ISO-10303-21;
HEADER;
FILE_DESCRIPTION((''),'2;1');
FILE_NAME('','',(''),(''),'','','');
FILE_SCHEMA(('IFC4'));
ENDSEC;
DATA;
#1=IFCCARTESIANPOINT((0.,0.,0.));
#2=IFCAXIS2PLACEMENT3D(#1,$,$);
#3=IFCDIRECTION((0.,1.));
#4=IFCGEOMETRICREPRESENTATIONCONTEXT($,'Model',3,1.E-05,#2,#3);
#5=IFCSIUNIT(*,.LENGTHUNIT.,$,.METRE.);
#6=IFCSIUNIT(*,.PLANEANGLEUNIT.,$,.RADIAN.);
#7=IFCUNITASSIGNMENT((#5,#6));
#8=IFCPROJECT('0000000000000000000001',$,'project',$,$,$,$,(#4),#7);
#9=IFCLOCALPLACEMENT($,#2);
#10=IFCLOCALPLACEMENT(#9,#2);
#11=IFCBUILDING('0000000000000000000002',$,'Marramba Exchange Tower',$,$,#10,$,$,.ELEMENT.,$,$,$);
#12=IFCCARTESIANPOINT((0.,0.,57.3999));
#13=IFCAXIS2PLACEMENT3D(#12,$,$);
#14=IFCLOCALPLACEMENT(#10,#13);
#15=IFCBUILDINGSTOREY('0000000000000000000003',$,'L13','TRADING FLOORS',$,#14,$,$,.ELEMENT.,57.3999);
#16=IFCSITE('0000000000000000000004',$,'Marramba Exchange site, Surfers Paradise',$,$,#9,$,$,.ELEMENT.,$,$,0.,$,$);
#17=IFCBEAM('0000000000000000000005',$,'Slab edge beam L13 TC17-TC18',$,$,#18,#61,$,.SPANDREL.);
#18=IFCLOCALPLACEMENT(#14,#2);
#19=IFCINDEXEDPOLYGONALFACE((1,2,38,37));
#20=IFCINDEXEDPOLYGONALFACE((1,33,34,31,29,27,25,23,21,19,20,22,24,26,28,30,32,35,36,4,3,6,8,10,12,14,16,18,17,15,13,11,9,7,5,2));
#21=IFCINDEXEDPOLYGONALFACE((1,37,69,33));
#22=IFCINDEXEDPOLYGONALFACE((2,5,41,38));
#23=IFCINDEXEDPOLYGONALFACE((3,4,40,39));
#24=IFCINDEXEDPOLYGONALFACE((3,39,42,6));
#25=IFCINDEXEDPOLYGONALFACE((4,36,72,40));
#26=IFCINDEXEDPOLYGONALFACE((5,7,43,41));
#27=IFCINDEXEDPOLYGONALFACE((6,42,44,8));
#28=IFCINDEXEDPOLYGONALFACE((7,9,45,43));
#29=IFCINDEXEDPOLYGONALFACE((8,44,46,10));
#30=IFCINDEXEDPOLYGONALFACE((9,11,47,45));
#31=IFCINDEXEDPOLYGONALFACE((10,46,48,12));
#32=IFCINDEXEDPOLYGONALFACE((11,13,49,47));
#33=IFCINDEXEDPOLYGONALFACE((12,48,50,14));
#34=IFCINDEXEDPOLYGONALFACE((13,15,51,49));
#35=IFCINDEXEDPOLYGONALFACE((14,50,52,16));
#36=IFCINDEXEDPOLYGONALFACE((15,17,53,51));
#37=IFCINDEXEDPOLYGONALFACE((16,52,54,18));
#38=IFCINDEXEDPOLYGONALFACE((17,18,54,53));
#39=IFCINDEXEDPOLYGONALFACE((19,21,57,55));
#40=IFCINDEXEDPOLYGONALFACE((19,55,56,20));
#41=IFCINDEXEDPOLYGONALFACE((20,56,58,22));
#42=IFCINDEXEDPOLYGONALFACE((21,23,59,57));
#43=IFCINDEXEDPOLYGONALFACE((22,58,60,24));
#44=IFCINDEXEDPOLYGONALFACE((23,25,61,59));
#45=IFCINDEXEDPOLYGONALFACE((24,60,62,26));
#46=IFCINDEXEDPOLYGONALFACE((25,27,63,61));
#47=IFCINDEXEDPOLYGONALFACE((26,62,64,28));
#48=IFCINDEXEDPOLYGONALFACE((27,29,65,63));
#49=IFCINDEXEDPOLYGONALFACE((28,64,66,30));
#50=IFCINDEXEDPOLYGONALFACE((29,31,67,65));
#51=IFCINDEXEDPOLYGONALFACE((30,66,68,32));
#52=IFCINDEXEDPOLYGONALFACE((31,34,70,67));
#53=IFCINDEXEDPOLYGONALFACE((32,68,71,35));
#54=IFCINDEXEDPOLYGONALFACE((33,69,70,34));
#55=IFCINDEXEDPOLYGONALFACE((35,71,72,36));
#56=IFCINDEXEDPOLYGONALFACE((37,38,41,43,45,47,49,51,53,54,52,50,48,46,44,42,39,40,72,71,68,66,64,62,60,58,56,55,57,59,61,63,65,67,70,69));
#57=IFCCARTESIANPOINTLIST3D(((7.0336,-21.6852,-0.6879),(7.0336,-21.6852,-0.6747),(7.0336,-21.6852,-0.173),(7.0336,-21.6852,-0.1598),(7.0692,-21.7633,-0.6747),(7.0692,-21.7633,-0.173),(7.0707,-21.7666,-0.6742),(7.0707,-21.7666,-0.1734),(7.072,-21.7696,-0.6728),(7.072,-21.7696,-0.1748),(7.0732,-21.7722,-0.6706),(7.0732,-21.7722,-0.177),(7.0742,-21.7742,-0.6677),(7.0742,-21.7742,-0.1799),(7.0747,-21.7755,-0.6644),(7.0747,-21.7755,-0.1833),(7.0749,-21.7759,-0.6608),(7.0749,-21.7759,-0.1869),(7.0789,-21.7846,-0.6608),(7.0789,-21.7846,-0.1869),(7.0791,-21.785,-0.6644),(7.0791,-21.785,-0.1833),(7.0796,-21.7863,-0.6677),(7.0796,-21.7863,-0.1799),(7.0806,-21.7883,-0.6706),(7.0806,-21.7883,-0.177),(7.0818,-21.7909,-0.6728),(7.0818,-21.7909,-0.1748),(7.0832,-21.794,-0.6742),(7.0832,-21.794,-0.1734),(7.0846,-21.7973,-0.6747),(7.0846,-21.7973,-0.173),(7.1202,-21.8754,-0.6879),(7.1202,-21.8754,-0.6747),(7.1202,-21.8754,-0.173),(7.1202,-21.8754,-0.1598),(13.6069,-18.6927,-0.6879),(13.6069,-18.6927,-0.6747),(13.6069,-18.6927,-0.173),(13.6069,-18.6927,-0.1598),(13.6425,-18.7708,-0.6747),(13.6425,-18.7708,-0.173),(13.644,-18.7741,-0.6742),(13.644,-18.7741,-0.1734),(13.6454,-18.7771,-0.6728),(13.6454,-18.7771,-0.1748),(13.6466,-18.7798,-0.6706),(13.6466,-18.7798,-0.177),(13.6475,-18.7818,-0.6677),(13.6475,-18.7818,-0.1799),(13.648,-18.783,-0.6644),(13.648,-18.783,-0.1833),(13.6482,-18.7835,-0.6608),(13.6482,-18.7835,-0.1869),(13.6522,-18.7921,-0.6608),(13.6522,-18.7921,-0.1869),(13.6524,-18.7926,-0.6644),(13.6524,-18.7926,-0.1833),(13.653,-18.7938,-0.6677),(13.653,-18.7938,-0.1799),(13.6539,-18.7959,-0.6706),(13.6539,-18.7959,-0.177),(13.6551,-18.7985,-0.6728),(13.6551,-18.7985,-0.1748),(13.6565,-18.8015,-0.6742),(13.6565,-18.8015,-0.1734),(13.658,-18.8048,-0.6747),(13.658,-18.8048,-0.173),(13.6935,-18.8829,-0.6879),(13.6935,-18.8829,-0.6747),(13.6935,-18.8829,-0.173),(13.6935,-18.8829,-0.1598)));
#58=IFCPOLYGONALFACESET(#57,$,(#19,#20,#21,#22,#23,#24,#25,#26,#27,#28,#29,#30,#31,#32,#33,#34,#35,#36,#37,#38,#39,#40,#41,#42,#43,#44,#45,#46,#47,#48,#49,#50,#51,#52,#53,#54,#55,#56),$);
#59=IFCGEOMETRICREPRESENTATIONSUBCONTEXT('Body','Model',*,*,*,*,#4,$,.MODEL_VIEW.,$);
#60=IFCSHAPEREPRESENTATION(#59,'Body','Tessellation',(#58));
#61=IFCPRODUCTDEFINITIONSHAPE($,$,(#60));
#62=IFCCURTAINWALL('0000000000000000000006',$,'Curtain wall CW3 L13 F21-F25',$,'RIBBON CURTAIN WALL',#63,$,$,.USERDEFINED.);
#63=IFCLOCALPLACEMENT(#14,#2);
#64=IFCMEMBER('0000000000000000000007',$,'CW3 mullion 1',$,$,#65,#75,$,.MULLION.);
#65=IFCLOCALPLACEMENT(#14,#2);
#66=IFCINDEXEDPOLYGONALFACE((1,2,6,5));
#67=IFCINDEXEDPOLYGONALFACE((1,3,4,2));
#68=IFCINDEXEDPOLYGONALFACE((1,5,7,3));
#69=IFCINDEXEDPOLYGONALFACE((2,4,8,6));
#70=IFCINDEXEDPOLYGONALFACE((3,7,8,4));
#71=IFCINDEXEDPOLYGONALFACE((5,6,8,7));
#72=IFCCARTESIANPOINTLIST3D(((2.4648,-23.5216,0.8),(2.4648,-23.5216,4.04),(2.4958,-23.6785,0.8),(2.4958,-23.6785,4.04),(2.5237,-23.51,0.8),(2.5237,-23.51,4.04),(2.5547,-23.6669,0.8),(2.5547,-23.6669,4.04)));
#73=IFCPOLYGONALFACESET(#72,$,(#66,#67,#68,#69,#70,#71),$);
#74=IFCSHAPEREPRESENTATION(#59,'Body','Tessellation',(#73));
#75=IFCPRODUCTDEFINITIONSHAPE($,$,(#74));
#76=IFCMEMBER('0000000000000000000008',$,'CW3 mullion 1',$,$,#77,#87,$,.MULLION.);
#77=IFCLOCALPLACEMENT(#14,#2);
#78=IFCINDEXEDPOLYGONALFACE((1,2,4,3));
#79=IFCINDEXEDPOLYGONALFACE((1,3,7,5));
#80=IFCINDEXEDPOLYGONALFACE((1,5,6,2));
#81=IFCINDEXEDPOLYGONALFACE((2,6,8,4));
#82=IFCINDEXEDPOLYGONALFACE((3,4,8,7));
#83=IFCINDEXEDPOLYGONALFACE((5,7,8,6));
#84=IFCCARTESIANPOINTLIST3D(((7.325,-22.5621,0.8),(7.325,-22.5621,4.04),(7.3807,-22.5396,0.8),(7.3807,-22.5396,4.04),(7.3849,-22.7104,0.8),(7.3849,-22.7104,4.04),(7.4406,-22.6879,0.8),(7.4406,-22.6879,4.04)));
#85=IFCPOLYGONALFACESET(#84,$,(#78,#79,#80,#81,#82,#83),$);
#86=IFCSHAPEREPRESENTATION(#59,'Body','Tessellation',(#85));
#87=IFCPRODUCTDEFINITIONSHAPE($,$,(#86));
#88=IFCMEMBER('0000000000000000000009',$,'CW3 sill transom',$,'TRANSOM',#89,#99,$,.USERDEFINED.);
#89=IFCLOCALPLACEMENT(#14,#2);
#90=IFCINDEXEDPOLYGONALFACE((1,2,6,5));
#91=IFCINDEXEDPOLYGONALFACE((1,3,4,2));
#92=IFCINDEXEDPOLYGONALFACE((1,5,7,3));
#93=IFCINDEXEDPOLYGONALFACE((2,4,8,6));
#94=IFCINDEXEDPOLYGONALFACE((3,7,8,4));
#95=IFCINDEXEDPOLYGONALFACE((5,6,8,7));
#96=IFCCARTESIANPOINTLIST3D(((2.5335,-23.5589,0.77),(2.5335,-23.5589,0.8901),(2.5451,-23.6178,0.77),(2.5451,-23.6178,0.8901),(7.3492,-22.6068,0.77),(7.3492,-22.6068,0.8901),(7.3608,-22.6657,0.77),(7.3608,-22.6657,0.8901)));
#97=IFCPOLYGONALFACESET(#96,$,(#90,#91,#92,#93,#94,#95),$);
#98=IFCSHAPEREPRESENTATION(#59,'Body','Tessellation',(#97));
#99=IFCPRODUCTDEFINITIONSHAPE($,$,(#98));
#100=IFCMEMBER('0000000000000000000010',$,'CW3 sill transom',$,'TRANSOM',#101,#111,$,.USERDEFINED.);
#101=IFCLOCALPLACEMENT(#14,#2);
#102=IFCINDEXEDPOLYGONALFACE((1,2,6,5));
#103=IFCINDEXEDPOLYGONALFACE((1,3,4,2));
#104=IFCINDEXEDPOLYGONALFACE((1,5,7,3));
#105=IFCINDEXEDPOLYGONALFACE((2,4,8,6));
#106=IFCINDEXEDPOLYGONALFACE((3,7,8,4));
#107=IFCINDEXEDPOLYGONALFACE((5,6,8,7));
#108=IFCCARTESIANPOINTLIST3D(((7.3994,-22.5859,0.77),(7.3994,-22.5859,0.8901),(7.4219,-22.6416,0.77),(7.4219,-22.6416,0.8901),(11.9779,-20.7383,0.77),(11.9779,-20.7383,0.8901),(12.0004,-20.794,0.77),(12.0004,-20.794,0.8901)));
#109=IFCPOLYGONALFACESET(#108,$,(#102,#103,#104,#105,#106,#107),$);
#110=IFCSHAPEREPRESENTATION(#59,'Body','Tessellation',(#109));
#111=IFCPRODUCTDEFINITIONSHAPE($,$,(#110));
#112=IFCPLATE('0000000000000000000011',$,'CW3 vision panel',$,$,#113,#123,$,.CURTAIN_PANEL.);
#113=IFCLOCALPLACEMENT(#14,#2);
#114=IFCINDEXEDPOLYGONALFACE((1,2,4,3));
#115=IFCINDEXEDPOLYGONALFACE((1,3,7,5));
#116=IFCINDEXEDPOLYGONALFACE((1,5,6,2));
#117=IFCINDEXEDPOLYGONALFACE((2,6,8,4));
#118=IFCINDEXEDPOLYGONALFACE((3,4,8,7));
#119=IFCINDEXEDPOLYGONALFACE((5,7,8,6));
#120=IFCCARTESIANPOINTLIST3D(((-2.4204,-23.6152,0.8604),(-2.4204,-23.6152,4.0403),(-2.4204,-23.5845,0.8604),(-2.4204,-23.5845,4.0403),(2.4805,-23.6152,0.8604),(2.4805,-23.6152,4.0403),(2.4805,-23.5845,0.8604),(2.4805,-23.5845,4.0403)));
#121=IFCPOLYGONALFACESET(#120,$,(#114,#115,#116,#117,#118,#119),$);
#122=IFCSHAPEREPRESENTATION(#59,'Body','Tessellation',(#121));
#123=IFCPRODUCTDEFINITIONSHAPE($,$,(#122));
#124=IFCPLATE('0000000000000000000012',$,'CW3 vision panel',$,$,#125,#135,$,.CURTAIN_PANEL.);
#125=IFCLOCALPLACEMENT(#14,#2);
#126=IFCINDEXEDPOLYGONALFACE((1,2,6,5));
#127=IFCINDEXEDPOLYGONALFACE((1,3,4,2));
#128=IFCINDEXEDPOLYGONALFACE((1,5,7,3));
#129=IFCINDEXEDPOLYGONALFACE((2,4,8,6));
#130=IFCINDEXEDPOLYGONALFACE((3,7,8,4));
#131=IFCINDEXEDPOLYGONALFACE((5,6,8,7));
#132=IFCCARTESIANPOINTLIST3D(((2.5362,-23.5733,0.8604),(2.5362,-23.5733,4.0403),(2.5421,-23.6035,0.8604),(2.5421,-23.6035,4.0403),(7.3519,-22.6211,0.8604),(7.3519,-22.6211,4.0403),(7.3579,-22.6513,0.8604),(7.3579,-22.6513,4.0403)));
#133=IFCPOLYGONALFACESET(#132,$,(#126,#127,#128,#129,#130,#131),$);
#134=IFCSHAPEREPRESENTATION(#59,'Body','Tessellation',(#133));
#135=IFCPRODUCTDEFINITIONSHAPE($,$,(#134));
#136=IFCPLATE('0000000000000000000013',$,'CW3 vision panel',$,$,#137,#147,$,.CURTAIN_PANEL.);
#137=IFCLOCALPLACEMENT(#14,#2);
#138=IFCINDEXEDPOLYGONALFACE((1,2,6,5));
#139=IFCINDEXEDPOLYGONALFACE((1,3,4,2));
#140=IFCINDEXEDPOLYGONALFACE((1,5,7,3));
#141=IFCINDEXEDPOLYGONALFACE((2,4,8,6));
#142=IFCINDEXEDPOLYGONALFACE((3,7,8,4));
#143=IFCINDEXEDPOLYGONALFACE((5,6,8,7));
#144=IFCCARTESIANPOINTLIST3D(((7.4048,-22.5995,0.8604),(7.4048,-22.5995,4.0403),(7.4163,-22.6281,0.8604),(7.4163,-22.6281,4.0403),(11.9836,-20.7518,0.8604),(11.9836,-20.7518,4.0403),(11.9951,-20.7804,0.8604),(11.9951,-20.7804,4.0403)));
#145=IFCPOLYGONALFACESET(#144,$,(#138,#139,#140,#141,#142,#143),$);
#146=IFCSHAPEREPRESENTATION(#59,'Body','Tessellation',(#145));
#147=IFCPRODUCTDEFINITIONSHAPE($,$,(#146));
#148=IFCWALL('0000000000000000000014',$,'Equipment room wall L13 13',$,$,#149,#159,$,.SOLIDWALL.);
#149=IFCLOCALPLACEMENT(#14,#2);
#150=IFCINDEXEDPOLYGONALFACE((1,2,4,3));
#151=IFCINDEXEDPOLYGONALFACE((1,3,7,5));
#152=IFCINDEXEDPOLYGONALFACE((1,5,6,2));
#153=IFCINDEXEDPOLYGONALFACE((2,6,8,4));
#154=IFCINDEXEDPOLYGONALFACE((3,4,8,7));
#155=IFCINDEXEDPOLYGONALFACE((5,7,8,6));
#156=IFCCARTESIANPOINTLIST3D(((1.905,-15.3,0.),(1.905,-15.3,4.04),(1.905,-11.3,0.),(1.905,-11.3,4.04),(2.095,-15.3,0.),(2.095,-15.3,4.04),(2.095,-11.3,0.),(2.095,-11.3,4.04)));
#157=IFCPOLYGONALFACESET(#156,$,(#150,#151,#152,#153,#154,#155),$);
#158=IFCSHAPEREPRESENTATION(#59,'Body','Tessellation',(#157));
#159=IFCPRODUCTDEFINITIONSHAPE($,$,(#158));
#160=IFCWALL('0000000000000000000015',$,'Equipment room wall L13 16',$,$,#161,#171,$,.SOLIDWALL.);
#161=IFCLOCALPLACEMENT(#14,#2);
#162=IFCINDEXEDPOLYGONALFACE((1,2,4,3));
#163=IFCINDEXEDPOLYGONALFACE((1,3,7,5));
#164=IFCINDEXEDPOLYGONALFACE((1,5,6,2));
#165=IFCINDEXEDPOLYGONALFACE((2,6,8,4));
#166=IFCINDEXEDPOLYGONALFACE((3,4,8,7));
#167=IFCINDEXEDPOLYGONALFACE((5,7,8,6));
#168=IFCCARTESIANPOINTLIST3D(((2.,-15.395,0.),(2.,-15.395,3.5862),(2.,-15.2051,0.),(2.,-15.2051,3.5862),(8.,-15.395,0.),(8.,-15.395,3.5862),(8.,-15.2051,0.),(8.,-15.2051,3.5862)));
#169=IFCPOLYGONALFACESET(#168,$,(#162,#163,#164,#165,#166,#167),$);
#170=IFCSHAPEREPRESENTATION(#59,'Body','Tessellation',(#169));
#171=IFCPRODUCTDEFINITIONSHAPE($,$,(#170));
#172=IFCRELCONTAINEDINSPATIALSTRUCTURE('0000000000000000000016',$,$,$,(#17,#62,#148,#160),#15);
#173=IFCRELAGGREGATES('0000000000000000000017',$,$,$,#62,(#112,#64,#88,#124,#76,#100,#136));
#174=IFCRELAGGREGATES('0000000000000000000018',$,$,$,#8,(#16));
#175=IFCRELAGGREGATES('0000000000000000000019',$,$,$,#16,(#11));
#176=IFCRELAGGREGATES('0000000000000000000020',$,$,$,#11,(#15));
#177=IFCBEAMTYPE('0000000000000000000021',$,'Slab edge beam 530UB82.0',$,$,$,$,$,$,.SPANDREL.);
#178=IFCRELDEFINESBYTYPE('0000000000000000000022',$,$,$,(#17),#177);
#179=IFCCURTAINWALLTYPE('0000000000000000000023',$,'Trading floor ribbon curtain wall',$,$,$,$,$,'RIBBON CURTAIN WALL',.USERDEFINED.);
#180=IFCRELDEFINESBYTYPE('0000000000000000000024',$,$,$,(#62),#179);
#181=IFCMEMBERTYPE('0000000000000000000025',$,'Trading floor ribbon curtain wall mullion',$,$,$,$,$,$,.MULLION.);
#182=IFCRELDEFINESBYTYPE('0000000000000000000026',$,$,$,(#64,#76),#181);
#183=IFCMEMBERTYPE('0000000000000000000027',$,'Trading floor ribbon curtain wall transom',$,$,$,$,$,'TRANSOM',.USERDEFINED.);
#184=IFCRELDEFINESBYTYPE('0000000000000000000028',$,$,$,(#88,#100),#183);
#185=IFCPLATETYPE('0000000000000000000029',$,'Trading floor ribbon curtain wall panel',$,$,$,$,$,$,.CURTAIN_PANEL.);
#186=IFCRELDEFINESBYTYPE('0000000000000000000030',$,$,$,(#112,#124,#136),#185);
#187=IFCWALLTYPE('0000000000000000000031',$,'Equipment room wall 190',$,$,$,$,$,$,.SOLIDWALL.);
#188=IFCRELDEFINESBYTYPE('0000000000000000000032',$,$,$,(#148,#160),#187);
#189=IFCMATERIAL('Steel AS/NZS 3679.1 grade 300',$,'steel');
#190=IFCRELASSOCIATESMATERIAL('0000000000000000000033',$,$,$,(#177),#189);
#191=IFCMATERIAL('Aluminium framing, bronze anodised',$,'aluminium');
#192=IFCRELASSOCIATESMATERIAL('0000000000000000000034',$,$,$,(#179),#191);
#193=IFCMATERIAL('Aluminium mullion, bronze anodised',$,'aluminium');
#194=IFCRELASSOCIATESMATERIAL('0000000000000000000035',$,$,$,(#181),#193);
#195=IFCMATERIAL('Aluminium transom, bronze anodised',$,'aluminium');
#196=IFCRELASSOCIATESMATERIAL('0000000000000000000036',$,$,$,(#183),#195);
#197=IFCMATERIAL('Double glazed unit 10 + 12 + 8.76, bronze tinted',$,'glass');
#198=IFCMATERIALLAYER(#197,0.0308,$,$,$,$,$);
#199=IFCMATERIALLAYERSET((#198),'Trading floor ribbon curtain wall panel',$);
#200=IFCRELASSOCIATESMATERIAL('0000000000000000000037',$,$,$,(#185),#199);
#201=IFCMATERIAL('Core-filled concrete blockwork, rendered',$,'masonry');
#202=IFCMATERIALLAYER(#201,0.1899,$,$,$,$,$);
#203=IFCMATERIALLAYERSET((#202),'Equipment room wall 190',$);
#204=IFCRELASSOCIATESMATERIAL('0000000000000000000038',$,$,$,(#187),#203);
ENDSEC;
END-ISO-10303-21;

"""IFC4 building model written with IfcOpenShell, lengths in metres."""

from ifc_helpers import new_model, si_unit, direction, frame, frame_2d, origin, origin_2d, place, context, subcontext, project, spatial, rectangle, i_section, extrude, material, layer, layer_set, material_profile, profile_set, type_object, element, aggregate, save


model = new_model("IFC4")

# Units and contexts
model_context = context("Model", 3, precision=1e-05, world=origin(), true_north=direction((0.0, 1.0)))
body_context = subcontext(model_context, "Body", "Model", "MODEL_VIEW")
ifc_project = project(units=[si_unit("LENGTHUNIT", "METRE"), si_unit("PLANEANGLEUNIT", "RADIAN")], contexts=[model_context])

# Site, building, storey
site_placement = place(None, origin())
site = spatial("IfcSite", under=ifc_project, at=site_placement, Name="Marramba Exchange site, Surfers Paradise", CompositionType="ELEMENT", RefElevation=0.0)
building_placement = place(site_placement, origin())
building = spatial("IfcBuilding", under=site, at=building_placement, Name="Marramba Exchange Tower", CompositionType="ELEMENT")
storey_placement = place(building_placement, frame((0.0, 0.0, 57.3999)))
storey = spatial("IfcBuildingStorey", under=building, at=storey_placement, Name="L13", Description="TRADING FLOORS", CompositionType="ELEMENT", Elevation=57.3999)

# Beam
ifc_material_1 = material(Name="Steel AS/NZS 3679.1 grade 300", Category="steel")
ifc_material_profile_1 = material_profile(ifc_material_1, i_section(OverallWidth=0.209, OverallDepth=0.5281, WebThickness=0.0095, FlangeThickness=0.0132, FilletRadius=0.0139, at=origin_2d()), Name="530UB82.0")
ifc_profile_set_1 = profile_set([ifc_material_profile_1], Name="Steel AS/NZS 3679.1 grade 300")
beam_type_1 = type_object("IfcBeamType", Name="Slab edge beam 530UB82.0", PredefinedType="SPANDREL", material=ifc_profile_set_1)
beam_1_placement = place(storey_placement, frame((7.0769, -21.7803, -0.4238), z_axis=(0.910127, 0.41433, 0.0), x_axis=(-0.41433, 0.910127, 0.0)))
element("IfcBeam", 1, at=beam_1_placement, inside=storey, type_object=beam_type_1, Name="Slab edge beam L13 TC17-TC18", PredefinedType="SPANDREL", context=body_context, shape_type="SweptSolid", body=[
    extrude(i_section(OverallWidth=0.209, OverallDepth=0.5281, WebThickness=0.0095, FlangeThickness=0.0132, FilletRadius=0.0139, at=origin_2d()), origin(), (0.0, 0.0, 1.0), 7.2224),
])

# Curtain wall, members, plates
ifc_material_2 = material(Name="Aluminium framing, bronze anodised", Category="aluminium")
curtain_wall_type = type_object("IfcCurtainWallType", Name="Trading floor ribbon curtain wall", ElementType="RIBBON CURTAIN WALL", PredefinedType="USERDEFINED", material=ifc_material_2)
curtain_wall_placement = place(storey_placement, origin())
curtain_wall = element("IfcCurtainWall", 2, at=curtain_wall_placement, inside=storey, type_object=curtain_wall_type, Name="Curtain wall CW3 L13 F21-F25", ObjectType="RIBBON CURTAIN WALL", PredefinedType="USERDEFINED")
ifc_material_3 = material(Name="Aluminium mullion, bronze anodised", Category="aluminium")
ifc_material_profile_2 = material_profile(ifc_material_3, rectangle(XDim=0.1599, YDim=0.0601, at=origin_2d()), Name="CW3 mullion 60x160")
ifc_profile_set_2 = profile_set([ifc_material_profile_2], Name="Aluminium mullion, bronze anodised")
member_type_1 = type_object("IfcMemberType", Name="Trading floor ribbon curtain wall mullion", PredefinedType="MULLION", material=ifc_profile_set_2)
member_1_placement = place(storey_placement, frame((2.5098, -23.5942, 0.8), z_axis=(0.0, 0.0, 1.0), x_axis=(-0.193961, 0.981009, 0.0)))
member_1 = element("IfcMember", 3, at=member_1_placement, type_object=member_type_1, Name="CW3 mullion 1", PredefinedType="MULLION", context=body_context, shape_type="SweptSolid", body=[
    extrude(rectangle(XDim=0.1599, YDim=0.0601, at=origin_2d()), origin(), (0.0, 0.0, 1.0), 3.24),
])
member_2_placement = place(storey_placement, frame((7.3828, -22.625, 0.8), z_axis=(0.0, 0.0, 1.0), x_axis=(-0.374218, 0.927341, 0.0)))
member_2 = element("IfcMember", 4, at=member_2_placement, type_object=member_type_1, Name="CW3 mullion 1", PredefinedType="MULLION", context=body_context, shape_type="SweptSolid", body=[
    extrude(rectangle(XDim=0.1599, YDim=0.0601, at=origin_2d()), origin(), (0.0, 0.0, 1.0), 3.24),
])
ifc_material_4 = material(Name="Aluminium transom, bronze anodised", Category="aluminium")
ifc_material_profile_3 = material_profile(ifc_material_4, rectangle(XDim=0.0601, YDim=0.1201, at=origin_2d()), Name="CW3 transom 60x120")
ifc_profile_set_3 = profile_set([ifc_material_profile_3], Name="Aluminium transom, bronze anodised")
member_type_2 = type_object("IfcMemberType", Name="Trading floor ribbon curtain wall transom", ElementType="TRANSOM", PredefinedType="USERDEFINED", material=ifc_profile_set_3)
member_3_placement = place(storey_placement, frame((2.5393, -23.5884, 0.8301), z_axis=(0.981009, 0.193964, 0.0), x_axis=(-0.193964, 0.981009, 0.0)))
member_3 = element("IfcMember", 5, at=member_3_placement, type_object=member_type_2, Name="CW3 sill transom", ObjectType="TRANSOM", PredefinedType="USERDEFINED", context=body_context, shape_type="SweptSolid", body=[
    extrude(rectangle(XDim=0.0601, YDim=0.1201, at=origin_2d()), origin(), (0.0, 0.0, 1.0), 4.9089),
])
member_4_placement = place(storey_placement, frame((7.4106, -22.6138, 0.8301), z_axis=(0.92734, 0.374219, 0.0), x_axis=(-0.374219, 0.92734, 0.0)))
member_4 = element("IfcMember", 6, at=member_4_placement, type_object=member_type_2, Name="CW3 sill transom", ObjectType="TRANSOM", PredefinedType="USERDEFINED", context=body_context, shape_type="SweptSolid", body=[
    extrude(rectangle(XDim=0.0601, YDim=0.1201, at=origin_2d()), origin(), (0.0, 0.0, 1.0), 4.9373),
])
ifc_material_5 = material(Name="Double glazed unit 10 + 12 + 8.76, bronze tinted", Category="glass")
ifc_layer_1 = layer(ifc_material_5, 0.0308)
ifc_layer_set_1 = layer_set([ifc_layer_1], Name="Trading floor ribbon curtain wall panel")
plate_type = type_object("IfcPlateType", Name="Trading floor ribbon curtain wall panel", PredefinedType="CURTAIN_PANEL", material=ifc_layer_set_1)
plate_1_placement = place(storey_placement, frame((0.03, -23.5999, 0.8604), z_axis=(0.0, 0.0, 1.0), x_axis=(1.0, 0.0, 0.0)))
plate_1 = element("IfcPlate", 7, at=plate_1_placement, type_object=plate_type, Name="CW3 vision panel", PredefinedType="CURTAIN_PANEL", context=body_context, shape_type="SweptSolid", body=[
    extrude(rectangle(XDim=4.9009, YDim=0.0308, at=origin_2d()), origin(), (0.0, 0.0, 1.0), 3.1799),
])
plate_2_placement = place(storey_placement, frame((4.947, -23.1123, 0.8604), z_axis=(0.0, 0.0, 1.0), x_axis=(0.981009, 0.193961, 0.0)))
plate_2 = element("IfcPlate", 8, at=plate_2_placement, type_object=plate_type, Name="CW3 vision panel", PredefinedType="CURTAIN_PANEL", context=body_context, shape_type="SweptSolid", body=[
    extrude(rectangle(XDim=4.9089, YDim=0.0308, at=origin_2d()), origin(), (0.0, 0.0, 1.0), 3.1799),
])
plate_3_placement = place(storey_placement, frame((9.7, -21.6899, 0.8604), z_axis=(0.0, 0.0, 1.0), x_axis=(0.927341, 0.374218, 0.0)))
plate_3 = element("IfcPlate", 9, at=plate_3_placement, type_object=plate_type, Name="CW3 vision panel", PredefinedType="CURTAIN_PANEL", context=body_context, shape_type="SweptSolid", body=[
    extrude(rectangle(XDim=4.9375, YDim=0.0308, at=origin_2d()), origin(), (0.0, 0.0, 1.0), 3.1799),
])
aggregate(curtain_wall, [plate_1, member_1, member_3, plate_2, member_2, member_4, plate_3])

# Walls
ifc_material_6 = material(Name="Core-filled concrete blockwork, rendered", Category="masonry")
ifc_layer_2 = layer(ifc_material_6, 0.1899)
ifc_layer_set_2 = layer_set([ifc_layer_2], Name="Equipment room wall 190")
wall_type_1 = type_object("IfcWallType", Name="Equipment room wall 190", PredefinedType="SOLIDWALL", material=ifc_layer_set_2)
wall_1_placement = place(storey_placement, frame((2.0, -11.3, 0.0), z_axis=(0.0, 0.0, 1.0), x_axis=(0.0, -1.0, 0.0)))
element("IfcWall", 10, at=wall_1_placement, inside=storey, type_object=wall_type_1, Name="Equipment room wall L13 13", PredefinedType="SOLIDWALL", context=body_context, shape_type="SweptSolid", body=[
    extrude(rectangle(XDim=4.0, YDim=0.1899, at=frame_2d((2.0, 0.0))), origin(), (0.0, 0.0, 1.0), 4.04),
])
wall_2_placement = place(storey_placement, frame((2.0, -15.3, 0.0), z_axis=(0.0, 0.0, 1.0), x_axis=(1.0, 0.0, 0.0)))
element("IfcWall", 11, at=wall_2_placement, inside=storey, type_object=wall_type_1, Name="Equipment room wall L13 16", PredefinedType="SOLIDWALL", context=body_context, shape_type="SweptSolid", body=[
    extrude(rectangle(XDim=6.0, YDim=0.1899, at=frame_2d((3.0, 0.0))), origin(), (0.0, 0.0, 1.0), 3.5862),
])

save(model, "model.ifc")
